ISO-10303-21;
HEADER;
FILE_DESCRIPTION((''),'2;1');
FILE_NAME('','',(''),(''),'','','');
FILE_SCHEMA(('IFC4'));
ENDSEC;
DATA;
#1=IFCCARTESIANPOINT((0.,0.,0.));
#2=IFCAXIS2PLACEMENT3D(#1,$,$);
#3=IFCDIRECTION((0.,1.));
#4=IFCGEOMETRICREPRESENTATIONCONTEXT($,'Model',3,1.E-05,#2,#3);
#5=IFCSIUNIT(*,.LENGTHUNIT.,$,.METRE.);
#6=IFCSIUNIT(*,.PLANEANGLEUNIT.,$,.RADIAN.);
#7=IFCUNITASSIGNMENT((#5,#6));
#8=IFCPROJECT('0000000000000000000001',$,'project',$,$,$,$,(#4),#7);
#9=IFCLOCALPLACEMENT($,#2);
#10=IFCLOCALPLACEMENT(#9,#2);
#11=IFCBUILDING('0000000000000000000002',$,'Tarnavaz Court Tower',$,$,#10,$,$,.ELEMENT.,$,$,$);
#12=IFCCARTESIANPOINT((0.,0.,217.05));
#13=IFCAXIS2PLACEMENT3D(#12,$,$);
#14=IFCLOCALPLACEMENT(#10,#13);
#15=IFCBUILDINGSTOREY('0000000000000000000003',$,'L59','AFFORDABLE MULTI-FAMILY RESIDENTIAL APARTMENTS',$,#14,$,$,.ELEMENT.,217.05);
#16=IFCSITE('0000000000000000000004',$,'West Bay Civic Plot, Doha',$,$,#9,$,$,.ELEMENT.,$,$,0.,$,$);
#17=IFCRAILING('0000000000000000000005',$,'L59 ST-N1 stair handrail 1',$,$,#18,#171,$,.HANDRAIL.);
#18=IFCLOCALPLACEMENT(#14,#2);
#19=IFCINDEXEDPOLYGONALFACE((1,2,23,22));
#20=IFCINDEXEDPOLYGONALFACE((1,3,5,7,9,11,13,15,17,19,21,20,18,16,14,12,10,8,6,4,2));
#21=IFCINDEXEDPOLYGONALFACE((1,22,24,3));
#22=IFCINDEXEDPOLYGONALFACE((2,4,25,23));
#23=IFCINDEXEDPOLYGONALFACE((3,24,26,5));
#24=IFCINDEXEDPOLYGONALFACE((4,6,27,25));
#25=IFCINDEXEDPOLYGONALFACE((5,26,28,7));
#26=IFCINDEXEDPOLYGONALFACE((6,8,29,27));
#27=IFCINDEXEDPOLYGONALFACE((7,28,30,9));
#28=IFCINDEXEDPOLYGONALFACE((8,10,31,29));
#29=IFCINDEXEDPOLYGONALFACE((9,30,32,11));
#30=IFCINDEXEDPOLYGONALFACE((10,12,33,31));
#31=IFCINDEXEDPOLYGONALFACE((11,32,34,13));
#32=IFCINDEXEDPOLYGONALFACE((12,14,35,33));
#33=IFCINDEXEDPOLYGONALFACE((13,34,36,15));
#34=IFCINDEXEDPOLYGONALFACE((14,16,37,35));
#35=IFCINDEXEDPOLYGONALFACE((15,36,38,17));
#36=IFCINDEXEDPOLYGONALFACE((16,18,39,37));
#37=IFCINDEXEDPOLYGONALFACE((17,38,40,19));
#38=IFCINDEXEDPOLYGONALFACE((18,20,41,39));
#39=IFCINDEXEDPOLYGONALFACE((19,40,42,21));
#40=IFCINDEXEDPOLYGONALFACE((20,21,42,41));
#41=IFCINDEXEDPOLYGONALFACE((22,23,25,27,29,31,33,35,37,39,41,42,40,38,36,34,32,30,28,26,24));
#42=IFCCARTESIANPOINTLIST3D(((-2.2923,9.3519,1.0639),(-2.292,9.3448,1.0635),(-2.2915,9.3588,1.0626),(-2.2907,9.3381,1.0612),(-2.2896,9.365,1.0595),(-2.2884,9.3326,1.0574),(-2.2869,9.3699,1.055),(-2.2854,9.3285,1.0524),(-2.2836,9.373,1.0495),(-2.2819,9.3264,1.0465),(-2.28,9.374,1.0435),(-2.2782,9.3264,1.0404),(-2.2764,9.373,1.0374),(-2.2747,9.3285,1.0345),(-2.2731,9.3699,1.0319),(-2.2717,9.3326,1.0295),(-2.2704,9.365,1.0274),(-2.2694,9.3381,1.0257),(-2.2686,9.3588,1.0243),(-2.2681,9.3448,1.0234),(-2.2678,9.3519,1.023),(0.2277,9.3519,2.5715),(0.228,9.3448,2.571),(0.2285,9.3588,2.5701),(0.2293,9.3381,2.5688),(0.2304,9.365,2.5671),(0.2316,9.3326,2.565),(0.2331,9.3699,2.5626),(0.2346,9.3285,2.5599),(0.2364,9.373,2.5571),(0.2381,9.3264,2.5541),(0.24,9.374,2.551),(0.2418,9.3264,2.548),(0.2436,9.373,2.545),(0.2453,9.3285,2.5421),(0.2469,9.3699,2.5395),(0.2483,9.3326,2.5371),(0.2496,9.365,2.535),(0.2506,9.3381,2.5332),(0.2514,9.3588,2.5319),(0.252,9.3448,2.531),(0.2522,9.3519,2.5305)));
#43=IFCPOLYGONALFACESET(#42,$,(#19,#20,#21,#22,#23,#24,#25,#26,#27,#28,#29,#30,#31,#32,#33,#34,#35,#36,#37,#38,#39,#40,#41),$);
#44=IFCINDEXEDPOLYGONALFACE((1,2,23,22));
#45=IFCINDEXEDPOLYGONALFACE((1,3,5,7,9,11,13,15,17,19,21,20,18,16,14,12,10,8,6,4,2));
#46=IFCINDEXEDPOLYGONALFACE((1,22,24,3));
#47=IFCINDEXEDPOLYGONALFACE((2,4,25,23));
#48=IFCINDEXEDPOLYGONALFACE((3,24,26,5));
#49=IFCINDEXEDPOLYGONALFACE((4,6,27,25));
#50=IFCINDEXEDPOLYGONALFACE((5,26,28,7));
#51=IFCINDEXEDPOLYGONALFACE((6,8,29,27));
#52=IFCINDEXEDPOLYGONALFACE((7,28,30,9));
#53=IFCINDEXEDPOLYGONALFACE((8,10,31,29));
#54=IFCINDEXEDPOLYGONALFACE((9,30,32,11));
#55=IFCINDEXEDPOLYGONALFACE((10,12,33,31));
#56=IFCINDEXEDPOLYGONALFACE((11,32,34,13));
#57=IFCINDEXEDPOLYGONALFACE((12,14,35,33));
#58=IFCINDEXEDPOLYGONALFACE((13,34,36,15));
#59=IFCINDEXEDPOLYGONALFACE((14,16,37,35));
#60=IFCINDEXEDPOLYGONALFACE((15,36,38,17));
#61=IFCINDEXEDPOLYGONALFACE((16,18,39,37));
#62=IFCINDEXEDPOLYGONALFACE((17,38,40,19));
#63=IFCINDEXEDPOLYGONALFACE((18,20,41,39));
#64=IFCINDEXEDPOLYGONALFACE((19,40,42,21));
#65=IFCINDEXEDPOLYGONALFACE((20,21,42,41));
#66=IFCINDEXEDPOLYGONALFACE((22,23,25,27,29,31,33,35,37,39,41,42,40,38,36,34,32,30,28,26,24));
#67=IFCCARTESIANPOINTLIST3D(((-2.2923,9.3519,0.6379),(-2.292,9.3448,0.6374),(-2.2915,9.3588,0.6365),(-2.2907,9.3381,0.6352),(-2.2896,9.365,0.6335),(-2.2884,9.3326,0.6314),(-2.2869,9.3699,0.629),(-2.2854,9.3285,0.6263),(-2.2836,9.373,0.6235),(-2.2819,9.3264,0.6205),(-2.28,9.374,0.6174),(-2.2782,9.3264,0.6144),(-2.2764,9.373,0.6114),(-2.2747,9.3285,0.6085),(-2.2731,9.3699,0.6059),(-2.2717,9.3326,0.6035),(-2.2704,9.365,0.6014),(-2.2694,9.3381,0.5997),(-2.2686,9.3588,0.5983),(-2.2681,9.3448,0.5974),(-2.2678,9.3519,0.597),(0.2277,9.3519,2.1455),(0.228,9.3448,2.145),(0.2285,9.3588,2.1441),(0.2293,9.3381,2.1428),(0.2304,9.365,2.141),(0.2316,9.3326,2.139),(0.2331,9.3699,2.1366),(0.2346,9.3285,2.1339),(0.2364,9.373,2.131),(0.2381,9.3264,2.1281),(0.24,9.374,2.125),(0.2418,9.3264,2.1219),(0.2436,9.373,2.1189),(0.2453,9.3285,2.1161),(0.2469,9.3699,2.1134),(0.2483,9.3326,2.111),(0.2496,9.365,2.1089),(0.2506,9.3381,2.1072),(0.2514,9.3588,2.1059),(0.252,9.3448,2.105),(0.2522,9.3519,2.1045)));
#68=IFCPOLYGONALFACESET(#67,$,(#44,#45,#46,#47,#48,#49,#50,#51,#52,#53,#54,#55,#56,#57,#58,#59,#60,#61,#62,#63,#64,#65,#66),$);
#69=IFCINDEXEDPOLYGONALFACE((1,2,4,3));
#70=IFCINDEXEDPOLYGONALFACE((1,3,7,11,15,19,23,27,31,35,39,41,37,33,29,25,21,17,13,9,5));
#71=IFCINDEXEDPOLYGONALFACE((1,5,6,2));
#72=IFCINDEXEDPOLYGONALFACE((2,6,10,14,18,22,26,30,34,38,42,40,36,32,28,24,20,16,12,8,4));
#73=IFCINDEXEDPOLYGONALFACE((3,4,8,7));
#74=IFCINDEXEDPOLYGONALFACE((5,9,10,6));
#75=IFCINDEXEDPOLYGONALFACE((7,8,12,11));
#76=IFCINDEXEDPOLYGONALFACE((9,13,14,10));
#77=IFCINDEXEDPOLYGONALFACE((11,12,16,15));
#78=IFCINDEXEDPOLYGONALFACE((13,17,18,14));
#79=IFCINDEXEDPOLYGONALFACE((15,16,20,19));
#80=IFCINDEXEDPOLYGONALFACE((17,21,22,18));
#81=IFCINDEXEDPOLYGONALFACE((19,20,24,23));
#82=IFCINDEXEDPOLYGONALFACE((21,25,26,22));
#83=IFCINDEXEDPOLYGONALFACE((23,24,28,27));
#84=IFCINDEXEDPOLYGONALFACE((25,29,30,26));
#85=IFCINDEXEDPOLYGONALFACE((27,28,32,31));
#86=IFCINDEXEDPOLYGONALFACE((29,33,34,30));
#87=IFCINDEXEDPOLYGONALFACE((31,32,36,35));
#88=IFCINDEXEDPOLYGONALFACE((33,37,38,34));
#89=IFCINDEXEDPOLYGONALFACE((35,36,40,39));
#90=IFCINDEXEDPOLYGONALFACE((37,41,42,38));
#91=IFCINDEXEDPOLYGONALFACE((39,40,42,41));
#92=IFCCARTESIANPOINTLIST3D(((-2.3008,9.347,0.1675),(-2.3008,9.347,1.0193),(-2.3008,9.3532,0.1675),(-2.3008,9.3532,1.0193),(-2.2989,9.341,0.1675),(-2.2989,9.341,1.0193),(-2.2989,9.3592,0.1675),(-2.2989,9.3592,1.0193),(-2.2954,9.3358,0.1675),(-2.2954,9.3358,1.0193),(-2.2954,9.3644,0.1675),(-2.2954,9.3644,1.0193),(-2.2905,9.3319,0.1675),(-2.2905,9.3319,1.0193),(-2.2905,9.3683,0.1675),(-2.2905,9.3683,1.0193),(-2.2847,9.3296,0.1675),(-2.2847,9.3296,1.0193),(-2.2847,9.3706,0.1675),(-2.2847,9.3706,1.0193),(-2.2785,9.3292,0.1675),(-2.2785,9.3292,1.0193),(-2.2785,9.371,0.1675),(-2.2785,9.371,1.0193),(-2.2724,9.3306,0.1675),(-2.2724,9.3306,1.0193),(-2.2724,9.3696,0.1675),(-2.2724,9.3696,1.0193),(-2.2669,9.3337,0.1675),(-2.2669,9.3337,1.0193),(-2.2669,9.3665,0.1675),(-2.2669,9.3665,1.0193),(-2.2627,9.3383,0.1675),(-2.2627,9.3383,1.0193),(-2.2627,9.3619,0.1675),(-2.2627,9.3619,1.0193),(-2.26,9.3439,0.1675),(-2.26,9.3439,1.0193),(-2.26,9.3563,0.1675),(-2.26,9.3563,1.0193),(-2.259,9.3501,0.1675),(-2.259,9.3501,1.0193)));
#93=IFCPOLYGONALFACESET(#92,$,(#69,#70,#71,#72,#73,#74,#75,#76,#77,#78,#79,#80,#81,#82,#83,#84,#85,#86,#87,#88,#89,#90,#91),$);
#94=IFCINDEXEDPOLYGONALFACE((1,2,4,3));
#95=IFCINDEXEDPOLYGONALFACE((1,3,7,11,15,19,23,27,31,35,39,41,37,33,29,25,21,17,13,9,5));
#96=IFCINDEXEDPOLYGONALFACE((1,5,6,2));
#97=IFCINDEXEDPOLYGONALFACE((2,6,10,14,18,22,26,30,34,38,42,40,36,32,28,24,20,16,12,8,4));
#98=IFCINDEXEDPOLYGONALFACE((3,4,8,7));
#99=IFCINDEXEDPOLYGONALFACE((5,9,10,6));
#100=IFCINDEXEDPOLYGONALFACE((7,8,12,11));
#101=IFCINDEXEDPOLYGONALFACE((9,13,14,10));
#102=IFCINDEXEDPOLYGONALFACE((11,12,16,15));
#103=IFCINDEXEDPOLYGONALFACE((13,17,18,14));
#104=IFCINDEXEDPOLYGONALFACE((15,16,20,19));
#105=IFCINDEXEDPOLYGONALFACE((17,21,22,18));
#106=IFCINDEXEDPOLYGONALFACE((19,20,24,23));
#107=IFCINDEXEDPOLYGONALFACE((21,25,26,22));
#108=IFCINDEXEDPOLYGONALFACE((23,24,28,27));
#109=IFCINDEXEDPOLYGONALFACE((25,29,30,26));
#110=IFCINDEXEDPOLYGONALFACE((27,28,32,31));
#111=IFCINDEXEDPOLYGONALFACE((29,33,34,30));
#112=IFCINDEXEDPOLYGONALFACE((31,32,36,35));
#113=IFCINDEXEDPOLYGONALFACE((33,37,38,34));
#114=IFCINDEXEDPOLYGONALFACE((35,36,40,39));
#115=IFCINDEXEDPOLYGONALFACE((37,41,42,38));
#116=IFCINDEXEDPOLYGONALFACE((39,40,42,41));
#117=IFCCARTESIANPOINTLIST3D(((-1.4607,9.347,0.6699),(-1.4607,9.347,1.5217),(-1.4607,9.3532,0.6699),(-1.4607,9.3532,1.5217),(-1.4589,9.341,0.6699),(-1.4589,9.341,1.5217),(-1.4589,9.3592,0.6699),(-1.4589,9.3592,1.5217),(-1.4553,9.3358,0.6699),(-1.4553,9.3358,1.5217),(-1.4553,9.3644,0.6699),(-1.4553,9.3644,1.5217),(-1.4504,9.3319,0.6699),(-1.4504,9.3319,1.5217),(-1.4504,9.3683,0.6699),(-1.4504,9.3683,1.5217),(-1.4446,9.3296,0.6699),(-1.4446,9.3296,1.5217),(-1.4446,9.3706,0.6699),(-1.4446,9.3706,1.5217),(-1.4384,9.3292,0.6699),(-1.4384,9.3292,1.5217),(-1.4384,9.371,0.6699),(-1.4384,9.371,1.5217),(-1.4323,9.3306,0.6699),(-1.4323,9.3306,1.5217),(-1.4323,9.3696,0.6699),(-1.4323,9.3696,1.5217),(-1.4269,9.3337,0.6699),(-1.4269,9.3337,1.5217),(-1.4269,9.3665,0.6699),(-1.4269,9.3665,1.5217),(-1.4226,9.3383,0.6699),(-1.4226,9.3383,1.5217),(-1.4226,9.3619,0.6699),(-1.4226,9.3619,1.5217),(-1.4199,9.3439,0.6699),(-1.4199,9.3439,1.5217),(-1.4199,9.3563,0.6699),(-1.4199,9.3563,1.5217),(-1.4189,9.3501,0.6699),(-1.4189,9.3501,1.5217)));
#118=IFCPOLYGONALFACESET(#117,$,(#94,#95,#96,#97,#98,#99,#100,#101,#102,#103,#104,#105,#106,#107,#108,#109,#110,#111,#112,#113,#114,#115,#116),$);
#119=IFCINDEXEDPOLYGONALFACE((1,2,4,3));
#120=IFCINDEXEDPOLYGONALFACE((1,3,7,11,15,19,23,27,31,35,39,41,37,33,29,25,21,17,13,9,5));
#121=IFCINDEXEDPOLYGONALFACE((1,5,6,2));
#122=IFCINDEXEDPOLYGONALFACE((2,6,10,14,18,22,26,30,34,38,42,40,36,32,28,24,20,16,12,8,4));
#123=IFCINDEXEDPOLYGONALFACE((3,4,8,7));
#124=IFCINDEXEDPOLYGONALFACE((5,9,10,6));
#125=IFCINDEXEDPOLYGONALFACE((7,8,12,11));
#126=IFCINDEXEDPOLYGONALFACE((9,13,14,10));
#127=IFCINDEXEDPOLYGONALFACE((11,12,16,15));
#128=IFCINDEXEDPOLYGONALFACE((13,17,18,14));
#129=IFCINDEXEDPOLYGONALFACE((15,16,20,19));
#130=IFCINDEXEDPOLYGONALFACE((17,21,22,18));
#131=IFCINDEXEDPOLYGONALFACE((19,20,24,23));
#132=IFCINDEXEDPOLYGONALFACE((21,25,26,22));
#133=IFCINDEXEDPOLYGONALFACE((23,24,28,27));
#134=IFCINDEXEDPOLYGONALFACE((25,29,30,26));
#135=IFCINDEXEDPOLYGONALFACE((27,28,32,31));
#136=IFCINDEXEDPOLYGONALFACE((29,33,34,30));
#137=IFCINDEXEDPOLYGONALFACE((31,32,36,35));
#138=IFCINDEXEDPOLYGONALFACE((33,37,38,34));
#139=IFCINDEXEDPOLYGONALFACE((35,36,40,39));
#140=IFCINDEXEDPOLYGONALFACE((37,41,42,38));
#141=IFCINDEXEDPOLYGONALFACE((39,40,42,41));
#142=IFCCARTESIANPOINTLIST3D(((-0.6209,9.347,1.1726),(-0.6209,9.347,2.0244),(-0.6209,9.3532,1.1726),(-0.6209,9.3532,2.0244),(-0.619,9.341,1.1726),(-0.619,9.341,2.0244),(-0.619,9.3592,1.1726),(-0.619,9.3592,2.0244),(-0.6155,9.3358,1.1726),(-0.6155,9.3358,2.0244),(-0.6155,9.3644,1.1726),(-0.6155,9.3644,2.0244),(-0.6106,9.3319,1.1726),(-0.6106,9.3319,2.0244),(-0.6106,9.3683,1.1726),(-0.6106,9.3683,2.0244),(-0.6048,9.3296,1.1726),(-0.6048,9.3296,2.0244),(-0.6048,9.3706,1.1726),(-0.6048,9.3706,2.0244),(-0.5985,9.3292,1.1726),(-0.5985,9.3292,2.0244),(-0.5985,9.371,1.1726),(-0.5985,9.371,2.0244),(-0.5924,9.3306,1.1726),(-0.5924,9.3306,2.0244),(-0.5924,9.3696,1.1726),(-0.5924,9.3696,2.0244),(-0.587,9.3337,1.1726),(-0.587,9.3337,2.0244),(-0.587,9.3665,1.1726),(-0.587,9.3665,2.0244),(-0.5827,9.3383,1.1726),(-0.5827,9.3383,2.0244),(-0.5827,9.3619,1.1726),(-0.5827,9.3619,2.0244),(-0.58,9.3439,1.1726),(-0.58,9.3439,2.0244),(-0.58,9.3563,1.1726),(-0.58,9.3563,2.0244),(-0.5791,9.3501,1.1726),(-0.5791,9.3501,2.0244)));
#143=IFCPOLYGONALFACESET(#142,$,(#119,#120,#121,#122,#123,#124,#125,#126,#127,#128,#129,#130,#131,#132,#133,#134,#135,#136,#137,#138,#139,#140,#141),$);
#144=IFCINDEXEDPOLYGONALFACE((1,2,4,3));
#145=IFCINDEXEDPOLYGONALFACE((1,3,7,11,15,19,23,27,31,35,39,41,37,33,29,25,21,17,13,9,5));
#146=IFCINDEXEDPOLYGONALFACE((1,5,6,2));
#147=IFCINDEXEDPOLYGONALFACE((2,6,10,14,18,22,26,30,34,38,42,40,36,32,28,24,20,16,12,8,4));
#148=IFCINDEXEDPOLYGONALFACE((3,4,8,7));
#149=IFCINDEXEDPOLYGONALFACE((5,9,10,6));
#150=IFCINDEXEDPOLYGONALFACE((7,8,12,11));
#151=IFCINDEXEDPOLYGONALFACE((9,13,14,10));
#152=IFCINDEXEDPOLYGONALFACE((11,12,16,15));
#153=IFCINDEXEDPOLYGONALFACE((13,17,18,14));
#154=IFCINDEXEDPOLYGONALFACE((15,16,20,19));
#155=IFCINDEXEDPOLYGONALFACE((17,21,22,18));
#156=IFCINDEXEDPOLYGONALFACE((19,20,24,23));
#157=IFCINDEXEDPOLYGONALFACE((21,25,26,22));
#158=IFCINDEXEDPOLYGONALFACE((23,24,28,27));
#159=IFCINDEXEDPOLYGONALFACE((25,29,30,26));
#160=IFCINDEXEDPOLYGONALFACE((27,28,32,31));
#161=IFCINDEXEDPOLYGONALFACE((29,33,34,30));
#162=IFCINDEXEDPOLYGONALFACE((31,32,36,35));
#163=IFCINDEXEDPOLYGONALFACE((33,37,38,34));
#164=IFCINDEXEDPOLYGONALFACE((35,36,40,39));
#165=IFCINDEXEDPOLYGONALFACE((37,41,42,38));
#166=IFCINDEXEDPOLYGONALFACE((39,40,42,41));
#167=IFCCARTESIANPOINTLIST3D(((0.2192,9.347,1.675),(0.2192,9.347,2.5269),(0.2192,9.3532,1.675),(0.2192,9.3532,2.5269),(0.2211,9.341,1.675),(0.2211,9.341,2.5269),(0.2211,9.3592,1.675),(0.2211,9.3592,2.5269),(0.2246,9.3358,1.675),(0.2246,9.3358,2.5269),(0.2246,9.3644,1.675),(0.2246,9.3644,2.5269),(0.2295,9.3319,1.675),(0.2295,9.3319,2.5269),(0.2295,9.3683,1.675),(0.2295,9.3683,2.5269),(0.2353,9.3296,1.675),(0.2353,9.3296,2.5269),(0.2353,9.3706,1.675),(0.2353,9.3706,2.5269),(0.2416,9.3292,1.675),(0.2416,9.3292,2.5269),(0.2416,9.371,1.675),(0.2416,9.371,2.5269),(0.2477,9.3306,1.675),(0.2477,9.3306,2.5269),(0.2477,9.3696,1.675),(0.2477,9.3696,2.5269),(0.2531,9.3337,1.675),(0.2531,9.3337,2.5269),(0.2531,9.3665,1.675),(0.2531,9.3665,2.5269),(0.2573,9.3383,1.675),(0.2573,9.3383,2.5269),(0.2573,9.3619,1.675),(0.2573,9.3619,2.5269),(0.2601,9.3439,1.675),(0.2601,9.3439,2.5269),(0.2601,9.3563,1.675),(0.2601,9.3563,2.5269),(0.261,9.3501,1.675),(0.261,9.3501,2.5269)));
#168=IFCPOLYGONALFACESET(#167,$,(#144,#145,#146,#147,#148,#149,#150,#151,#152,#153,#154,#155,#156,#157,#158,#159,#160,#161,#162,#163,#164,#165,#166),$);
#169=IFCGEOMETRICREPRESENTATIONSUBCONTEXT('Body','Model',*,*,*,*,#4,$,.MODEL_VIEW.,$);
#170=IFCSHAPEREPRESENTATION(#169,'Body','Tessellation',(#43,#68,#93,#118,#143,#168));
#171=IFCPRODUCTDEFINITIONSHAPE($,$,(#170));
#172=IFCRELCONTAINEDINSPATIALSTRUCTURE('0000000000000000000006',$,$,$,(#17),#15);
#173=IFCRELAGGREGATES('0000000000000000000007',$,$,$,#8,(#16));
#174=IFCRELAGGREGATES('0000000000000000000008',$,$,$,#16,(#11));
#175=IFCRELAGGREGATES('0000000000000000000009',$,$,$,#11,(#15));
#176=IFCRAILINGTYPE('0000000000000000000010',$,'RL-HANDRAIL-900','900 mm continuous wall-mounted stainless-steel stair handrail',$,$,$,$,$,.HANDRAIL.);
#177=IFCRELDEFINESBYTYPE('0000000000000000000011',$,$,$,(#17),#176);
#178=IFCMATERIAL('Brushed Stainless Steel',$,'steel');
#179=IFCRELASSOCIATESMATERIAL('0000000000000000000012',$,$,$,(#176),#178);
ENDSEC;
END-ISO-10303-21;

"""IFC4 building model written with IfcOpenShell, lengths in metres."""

from ifc_helpers import new_model, si_unit, direction, frame, origin, origin_2d, place, context, subcontext, project, spatial, circle, extrude, material, type_object, element, save


model = new_model("IFC4")

# Units and contexts
model_context = context("Model", 3, precision=1e-05, world=origin(), true_north=direction((0.0, 1.0)))
body_context = subcontext(model_context, "Body", "Model", "MODEL_VIEW")
ifc_project = project(units=[si_unit("LENGTHUNIT", "METRE"), si_unit("PLANEANGLEUNIT", "RADIAN")], contexts=[model_context])

# Site, building, storey
site_placement = place(None, origin())
site = spatial("IfcSite", under=ifc_project, at=site_placement, Name="West Bay Civic Plot, Doha", CompositionType="ELEMENT", RefElevation=0.0)
building_placement = place(site_placement, origin())
building = spatial("IfcBuilding", under=site, at=building_placement, Name="Tarnavaz Court Tower", CompositionType="ELEMENT")
storey_placement = place(building_placement, frame((0.0, 0.0, 217.05)))
storey = spatial("IfcBuildingStorey", under=building, at=storey_placement, Name="L59", Description="AFFORDABLE MULTI-FAMILY RESIDENTIAL APARTMENTS", CompositionType="ELEMENT", Elevation=217.05)

# Railing
ifc_material_1 = material(Name="Brushed Stainless Steel", Category="steel")
railing_type_1 = type_object("IfcRailingType", Name="RL-HANDRAIL-900", Description="900 mm continuous wall-mounted stainless-steel stair handrail", PredefinedType="HANDRAIL", material=ifc_material_1)
railing_1_placement = place(storey_placement, frame((-2.28, 9.3501, 0.1675)))
element("IfcRailing", 1, at=railing_1_placement, inside=storey, type_object=railing_type_1, Name="L59 ST-N1 stair handrail 1", PredefinedType="HANDRAIL", context=body_context, shape_type="SweptSolid", body=[
    extrude(circle(Radius=0.0239, at=origin_2d()), frame((0.0, 0.0, 0.876), z_axis=(0.85816, 0.0, 0.513383), x_axis=(0.0, 1.0, 0.0)), (0.0, 0.0, 1.0), 2.9365),
    extrude(circle(Radius=0.0239, at=origin_2d()), frame((0.0, 0.0, 0.45), z_axis=(0.85816, 0.0, 0.513383), x_axis=(0.0, 1.0, 0.0)), (0.0, 0.0, 1.0), 2.9365),
    extrude(circle(Radius=0.021, at=origin_2d()), origin(), (0.0, 0.0, 1.0), 0.8518),
    extrude(circle(Radius=0.021, at=origin_2d()), frame((0.8401, 0.0, 0.5024)), (0.0, 0.0, 1.0), 0.8518),
    extrude(circle(Radius=0.021, at=origin_2d()), frame((1.6799, 0.0, 1.0051)), (0.0, 0.0, 1.0), 0.8518),
    extrude(circle(Radius=0.021, at=origin_2d()), frame((2.52, 0.0, 1.5076)), (0.0, 0.0, 1.0), 0.8518),
])

save(model, "model.ifc")
